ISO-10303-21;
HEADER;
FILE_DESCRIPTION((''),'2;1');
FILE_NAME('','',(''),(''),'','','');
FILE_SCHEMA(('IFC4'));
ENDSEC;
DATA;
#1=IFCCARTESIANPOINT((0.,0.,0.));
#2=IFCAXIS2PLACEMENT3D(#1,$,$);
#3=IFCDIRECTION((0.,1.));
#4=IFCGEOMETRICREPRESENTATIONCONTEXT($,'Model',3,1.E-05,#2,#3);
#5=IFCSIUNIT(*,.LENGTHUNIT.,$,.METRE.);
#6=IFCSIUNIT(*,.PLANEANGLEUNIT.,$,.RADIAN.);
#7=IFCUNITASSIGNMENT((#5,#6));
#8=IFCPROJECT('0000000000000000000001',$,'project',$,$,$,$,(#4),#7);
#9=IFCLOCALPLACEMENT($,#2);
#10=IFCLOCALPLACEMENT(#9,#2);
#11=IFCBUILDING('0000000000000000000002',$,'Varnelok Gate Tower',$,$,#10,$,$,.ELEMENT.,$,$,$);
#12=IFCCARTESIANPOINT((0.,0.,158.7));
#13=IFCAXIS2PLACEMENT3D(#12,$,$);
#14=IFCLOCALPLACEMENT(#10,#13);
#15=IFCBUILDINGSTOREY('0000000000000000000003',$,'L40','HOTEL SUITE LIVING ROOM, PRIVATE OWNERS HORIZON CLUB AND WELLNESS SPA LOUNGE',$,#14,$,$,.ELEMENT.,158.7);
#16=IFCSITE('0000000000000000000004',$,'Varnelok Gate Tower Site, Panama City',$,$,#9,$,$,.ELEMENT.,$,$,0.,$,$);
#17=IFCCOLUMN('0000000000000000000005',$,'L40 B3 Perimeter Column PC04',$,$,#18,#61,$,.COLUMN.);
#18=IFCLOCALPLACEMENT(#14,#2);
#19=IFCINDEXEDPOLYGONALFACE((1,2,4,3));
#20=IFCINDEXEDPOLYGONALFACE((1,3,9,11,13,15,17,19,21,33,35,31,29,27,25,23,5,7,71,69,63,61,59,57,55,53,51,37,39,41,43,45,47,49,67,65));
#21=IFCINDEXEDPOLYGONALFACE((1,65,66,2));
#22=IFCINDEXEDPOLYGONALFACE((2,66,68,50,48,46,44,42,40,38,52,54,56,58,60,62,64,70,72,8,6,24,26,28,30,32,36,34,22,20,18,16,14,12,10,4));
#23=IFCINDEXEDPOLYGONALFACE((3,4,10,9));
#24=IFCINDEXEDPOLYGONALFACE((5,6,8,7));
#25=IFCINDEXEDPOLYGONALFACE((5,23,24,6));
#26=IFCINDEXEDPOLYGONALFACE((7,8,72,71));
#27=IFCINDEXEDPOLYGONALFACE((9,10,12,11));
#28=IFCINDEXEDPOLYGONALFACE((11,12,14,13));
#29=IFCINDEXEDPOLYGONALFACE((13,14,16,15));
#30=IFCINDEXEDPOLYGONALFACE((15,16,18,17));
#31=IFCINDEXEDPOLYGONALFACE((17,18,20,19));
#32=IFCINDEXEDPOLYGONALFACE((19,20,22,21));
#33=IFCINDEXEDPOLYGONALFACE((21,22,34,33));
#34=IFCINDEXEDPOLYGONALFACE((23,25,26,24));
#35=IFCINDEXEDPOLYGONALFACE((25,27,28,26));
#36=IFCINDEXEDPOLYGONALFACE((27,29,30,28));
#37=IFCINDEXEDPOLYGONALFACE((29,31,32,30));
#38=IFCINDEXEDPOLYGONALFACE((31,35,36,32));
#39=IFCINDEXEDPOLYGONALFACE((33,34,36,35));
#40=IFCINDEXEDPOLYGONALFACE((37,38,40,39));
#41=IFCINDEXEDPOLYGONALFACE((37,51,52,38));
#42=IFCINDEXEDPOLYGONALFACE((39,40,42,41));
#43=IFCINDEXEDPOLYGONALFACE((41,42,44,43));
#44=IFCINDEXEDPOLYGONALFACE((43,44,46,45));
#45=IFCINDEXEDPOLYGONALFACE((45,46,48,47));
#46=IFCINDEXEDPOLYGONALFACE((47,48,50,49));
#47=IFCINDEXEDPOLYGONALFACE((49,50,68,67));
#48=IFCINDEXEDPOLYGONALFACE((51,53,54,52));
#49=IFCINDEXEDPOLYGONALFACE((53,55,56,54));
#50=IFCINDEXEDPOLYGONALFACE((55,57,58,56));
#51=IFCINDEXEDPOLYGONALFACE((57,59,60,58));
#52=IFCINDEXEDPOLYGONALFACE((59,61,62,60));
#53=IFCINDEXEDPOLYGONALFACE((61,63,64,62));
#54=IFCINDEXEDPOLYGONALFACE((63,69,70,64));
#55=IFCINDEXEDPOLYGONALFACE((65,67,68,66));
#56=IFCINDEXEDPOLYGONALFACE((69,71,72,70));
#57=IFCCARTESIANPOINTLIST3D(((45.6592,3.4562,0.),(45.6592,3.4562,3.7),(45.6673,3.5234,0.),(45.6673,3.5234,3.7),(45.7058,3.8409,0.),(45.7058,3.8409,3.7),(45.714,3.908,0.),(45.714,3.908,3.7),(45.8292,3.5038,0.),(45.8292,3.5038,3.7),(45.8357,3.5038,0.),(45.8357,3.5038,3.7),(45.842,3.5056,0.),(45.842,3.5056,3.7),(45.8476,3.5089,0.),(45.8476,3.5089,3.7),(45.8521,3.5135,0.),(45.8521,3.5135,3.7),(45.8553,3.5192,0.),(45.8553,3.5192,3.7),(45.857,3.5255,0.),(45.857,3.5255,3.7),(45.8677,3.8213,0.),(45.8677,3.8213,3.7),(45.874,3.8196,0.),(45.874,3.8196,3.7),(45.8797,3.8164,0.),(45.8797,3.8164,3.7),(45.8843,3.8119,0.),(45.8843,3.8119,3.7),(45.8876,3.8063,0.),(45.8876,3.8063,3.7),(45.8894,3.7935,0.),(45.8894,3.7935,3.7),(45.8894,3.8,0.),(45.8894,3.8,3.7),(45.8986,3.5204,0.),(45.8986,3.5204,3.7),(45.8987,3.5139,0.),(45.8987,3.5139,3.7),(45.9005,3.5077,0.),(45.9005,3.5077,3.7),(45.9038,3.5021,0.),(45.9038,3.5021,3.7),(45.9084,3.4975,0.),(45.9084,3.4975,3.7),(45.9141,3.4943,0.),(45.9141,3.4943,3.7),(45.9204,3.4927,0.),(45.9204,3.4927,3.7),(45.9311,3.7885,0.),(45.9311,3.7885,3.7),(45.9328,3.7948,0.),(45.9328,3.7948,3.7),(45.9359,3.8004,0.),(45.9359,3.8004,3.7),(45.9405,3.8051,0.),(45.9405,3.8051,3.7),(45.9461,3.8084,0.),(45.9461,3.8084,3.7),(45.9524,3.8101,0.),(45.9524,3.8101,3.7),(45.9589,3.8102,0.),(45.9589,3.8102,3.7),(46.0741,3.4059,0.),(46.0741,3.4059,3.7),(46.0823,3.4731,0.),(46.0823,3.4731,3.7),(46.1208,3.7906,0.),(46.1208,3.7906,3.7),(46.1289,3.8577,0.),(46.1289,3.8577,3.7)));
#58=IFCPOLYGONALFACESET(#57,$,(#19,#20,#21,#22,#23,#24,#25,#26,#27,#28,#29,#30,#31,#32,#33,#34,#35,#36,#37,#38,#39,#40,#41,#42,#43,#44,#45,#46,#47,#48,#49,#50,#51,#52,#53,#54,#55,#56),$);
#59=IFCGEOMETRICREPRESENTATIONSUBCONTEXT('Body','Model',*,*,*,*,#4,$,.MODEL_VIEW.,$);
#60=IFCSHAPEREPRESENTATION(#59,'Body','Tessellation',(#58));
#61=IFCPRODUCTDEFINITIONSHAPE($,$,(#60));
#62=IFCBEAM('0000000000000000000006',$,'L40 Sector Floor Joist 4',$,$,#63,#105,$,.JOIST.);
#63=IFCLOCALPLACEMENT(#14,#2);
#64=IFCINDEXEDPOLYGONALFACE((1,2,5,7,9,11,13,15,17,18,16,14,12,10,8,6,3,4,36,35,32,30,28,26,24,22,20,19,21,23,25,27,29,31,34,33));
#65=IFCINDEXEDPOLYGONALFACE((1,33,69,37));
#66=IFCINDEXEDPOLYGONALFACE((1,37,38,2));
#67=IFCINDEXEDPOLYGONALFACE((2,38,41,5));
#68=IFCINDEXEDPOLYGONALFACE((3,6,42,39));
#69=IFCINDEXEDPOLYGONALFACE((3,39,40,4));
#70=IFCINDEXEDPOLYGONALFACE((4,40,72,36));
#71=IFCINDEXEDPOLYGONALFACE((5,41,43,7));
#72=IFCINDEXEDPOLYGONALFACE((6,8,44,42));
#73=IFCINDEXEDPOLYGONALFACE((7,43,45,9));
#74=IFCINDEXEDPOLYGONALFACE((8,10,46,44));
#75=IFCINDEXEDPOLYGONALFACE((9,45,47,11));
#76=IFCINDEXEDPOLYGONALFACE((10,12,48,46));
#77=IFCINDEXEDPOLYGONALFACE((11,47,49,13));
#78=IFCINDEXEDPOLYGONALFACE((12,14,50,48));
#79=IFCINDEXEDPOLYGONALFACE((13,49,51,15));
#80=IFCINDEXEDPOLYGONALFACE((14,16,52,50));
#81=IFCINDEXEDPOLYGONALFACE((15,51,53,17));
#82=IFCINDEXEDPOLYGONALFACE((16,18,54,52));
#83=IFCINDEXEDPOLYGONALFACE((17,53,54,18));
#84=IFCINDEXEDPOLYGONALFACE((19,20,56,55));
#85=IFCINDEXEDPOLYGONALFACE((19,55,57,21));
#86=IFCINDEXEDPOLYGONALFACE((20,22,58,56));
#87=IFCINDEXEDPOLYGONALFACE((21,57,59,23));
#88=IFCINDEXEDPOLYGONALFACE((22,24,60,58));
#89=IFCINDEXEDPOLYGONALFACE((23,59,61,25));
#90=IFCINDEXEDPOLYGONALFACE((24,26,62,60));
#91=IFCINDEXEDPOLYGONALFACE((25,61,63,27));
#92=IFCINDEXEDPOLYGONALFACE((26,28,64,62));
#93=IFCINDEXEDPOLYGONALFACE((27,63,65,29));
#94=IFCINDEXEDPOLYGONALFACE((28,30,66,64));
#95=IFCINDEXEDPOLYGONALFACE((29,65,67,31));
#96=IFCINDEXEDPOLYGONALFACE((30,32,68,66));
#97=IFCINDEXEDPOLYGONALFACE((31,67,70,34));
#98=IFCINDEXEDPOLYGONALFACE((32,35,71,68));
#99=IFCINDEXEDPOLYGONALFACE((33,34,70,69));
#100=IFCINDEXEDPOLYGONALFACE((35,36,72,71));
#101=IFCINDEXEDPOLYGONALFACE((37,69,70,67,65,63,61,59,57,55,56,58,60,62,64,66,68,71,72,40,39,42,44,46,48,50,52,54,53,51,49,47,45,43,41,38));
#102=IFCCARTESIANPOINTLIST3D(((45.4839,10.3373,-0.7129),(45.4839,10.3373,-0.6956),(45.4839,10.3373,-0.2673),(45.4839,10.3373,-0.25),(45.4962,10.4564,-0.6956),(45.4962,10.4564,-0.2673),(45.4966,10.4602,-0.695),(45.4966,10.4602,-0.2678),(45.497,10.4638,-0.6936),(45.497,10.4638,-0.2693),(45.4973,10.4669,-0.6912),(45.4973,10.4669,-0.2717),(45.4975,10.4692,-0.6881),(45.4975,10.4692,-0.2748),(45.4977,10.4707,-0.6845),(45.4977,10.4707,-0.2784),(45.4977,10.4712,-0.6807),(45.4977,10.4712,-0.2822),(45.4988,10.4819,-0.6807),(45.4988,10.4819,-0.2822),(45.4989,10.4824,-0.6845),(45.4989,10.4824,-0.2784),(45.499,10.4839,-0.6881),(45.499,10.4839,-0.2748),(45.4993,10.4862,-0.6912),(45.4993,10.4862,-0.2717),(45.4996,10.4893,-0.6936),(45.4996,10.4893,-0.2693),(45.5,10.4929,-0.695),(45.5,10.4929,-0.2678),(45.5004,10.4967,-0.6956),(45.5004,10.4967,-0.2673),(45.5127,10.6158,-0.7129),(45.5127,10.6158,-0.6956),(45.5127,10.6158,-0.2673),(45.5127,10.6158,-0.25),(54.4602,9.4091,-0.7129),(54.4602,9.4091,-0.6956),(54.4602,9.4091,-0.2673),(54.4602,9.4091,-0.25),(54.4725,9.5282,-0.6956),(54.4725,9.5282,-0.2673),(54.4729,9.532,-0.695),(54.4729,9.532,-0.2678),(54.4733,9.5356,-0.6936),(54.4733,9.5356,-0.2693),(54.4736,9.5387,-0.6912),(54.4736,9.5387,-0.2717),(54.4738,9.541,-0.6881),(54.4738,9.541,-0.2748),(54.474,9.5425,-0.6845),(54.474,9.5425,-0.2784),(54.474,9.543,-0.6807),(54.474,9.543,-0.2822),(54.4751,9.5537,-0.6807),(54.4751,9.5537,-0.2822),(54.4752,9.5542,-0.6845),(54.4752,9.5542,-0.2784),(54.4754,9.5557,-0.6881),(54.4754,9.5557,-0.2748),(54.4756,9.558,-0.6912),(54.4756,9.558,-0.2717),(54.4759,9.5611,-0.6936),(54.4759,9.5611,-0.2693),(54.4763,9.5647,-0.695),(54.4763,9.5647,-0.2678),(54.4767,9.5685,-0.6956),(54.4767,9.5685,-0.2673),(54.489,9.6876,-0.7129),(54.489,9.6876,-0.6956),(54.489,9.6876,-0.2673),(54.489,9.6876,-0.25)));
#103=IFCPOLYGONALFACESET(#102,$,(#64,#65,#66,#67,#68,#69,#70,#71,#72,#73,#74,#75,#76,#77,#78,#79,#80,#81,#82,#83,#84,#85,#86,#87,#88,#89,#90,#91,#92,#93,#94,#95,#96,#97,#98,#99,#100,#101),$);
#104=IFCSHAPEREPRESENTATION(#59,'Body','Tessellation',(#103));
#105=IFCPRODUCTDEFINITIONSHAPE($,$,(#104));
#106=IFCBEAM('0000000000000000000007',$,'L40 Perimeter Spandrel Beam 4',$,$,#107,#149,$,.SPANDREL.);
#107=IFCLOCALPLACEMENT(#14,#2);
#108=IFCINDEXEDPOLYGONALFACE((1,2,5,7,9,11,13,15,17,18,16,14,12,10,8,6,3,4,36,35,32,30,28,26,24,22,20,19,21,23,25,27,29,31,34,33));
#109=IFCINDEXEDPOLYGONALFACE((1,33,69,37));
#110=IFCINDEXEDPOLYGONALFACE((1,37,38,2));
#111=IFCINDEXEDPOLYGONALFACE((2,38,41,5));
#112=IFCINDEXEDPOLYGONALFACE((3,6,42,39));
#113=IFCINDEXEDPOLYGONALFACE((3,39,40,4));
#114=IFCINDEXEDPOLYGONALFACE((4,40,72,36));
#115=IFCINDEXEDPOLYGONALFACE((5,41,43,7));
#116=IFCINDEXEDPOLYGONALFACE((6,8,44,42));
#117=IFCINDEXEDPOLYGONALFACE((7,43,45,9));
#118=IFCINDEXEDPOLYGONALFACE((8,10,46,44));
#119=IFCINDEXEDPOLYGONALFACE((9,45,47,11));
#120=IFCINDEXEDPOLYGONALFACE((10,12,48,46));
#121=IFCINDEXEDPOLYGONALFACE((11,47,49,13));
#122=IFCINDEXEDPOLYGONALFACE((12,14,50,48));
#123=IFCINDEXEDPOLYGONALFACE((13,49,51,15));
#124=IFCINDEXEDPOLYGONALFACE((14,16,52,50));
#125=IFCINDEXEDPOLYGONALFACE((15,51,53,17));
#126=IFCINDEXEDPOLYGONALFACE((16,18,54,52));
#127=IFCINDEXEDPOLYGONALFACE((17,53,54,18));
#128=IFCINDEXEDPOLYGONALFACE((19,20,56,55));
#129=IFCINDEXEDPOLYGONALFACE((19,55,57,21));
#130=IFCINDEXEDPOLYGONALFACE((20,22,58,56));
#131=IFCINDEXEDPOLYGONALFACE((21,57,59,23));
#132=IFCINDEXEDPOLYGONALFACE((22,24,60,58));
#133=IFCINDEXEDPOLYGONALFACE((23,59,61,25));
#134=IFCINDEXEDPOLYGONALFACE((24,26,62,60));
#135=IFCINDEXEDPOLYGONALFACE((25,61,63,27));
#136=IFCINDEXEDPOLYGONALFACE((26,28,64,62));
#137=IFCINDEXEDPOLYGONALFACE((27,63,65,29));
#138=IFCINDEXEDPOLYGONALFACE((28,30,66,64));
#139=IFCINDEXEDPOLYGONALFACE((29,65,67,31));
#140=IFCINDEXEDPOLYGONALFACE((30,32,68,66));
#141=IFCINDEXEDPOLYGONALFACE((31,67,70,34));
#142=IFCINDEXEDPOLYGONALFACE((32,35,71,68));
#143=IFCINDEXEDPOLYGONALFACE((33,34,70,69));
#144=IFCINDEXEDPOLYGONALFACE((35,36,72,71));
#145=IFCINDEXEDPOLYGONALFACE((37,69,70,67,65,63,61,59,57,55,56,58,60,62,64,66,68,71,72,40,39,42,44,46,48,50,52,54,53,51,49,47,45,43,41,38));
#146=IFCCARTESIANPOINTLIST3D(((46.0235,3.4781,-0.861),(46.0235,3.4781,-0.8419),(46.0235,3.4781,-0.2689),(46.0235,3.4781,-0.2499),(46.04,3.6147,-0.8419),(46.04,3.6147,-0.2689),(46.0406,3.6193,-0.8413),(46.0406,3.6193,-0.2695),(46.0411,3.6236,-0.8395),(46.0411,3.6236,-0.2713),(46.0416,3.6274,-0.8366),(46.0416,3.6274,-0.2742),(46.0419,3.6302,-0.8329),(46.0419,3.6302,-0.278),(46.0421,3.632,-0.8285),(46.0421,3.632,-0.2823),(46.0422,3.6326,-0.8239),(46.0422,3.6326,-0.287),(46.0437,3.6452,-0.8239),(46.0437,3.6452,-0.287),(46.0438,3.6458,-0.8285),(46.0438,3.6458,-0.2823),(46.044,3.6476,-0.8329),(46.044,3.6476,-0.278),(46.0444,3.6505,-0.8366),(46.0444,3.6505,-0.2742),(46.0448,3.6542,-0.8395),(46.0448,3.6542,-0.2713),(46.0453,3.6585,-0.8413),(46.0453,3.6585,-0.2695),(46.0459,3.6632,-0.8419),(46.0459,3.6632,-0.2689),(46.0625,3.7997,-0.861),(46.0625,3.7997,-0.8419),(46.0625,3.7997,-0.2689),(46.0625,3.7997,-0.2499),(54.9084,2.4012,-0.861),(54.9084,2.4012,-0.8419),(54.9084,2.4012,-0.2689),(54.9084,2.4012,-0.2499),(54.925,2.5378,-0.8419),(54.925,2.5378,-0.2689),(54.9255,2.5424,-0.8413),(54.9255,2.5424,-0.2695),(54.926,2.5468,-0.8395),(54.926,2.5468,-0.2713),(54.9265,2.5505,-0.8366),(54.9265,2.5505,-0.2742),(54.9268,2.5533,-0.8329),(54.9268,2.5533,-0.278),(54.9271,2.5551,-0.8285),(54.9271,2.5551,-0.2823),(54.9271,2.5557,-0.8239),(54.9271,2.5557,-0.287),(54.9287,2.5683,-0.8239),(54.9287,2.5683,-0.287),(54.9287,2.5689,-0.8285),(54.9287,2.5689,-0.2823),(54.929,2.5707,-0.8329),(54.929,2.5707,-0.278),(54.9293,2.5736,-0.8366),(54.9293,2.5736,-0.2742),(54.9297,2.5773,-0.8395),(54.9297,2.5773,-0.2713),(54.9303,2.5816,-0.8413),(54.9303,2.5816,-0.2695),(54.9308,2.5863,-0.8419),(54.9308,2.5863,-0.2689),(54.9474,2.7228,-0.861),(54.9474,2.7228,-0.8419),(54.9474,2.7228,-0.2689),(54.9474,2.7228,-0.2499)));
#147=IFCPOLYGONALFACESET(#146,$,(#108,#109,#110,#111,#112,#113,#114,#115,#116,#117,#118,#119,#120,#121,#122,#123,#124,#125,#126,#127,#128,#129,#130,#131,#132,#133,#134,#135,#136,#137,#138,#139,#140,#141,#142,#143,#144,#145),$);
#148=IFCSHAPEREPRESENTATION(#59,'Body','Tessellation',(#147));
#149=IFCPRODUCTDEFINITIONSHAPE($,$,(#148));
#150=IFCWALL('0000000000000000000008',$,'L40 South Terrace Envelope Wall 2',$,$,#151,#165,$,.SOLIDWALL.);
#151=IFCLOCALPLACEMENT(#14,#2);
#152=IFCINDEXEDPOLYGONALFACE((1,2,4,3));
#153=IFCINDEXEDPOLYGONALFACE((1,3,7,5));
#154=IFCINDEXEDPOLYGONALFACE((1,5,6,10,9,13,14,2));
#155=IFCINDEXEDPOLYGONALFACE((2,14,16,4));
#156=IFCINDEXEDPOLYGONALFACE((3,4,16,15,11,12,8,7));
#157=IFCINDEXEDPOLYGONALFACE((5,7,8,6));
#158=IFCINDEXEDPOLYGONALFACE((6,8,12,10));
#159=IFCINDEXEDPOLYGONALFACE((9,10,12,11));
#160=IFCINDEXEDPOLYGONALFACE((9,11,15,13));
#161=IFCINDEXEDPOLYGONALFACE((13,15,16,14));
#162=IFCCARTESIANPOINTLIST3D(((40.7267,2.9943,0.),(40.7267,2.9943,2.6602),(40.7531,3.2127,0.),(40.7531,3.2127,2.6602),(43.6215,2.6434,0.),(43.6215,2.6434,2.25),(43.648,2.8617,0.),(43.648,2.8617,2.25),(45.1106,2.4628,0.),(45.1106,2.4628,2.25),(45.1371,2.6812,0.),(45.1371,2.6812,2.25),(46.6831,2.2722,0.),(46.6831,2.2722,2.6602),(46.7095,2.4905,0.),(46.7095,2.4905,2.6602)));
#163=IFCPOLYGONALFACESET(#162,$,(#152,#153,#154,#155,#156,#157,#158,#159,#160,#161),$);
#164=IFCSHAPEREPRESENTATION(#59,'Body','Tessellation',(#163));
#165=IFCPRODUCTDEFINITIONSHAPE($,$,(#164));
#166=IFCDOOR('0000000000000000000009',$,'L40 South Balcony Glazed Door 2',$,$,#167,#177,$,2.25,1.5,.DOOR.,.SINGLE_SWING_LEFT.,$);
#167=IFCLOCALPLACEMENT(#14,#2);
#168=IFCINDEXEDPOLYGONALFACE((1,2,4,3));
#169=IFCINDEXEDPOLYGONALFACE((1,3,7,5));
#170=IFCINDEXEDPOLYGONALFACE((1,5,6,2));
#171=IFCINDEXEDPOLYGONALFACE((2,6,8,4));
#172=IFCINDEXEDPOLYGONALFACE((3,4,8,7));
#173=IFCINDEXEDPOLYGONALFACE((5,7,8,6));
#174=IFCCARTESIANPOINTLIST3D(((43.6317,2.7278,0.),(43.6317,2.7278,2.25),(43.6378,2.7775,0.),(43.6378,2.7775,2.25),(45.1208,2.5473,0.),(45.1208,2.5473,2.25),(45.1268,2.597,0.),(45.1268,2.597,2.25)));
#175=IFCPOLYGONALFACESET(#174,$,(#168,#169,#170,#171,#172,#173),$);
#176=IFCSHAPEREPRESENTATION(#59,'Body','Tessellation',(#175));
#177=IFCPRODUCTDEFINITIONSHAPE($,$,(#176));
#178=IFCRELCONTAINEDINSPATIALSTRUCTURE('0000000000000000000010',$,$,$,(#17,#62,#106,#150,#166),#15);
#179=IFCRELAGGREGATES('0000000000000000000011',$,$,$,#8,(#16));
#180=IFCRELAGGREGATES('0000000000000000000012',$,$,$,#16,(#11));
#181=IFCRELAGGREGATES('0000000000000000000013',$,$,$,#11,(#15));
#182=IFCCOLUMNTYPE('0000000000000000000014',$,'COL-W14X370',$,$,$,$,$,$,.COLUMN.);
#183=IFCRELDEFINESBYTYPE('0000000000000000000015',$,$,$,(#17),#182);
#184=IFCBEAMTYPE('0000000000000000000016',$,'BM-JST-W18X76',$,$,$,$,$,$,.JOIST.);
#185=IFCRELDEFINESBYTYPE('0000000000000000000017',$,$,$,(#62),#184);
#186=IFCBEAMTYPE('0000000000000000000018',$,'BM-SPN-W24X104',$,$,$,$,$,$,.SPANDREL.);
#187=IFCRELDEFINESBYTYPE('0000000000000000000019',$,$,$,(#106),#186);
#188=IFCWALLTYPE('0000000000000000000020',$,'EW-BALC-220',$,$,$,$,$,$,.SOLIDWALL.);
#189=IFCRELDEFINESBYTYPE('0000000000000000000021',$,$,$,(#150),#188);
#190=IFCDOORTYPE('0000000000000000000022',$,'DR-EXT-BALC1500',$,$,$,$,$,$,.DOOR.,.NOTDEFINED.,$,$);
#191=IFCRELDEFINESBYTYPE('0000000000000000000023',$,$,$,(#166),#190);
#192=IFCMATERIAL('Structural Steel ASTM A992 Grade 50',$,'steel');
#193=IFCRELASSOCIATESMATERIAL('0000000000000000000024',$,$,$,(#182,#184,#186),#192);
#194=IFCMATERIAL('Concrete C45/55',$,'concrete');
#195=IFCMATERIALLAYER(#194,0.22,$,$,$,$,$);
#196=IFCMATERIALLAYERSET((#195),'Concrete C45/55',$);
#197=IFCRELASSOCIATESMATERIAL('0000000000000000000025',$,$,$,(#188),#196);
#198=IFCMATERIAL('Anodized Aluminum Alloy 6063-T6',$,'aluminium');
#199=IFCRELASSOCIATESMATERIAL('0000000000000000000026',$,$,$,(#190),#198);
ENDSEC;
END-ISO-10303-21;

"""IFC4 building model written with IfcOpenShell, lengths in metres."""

from ifc_helpers import new_model, si_unit, direction, frame, frame_2d, origin, origin_2d, place, context, subcontext, project, spatial, rectangle, i_section, extrude, material, layer, layer_set, material_profile, profile_set, type_object, element, fill, save


model = new_model("IFC4")

# Units and contexts
model_context = context("Model", 3, precision=1e-05, world=origin(), true_north=direction((0.0, 1.0)))
body_context = subcontext(model_context, "Body", "Model", "MODEL_VIEW")
ifc_project = project(units=[si_unit("LENGTHUNIT", "METRE"), si_unit("PLANEANGLEUNIT", "RADIAN")], contexts=[model_context])

# Site, building, storey
site_placement = place(None, origin())
site = spatial("IfcSite", under=ifc_project, at=site_placement, Name="Varnelok Gate Tower Site, Panama City", CompositionType="ELEMENT", RefElevation=0.0)
building_placement = place(site_placement, origin())
building = spatial("IfcBuilding", under=site, at=building_placement, Name="Varnelok Gate Tower", CompositionType="ELEMENT")
storey_placement = place(building_placement, frame((0.0, 0.0, 158.7)))
storey = spatial("IfcBuildingStorey", under=building, at=storey_placement, Name="L40", Description="HOTEL SUITE LIVING ROOM, PRIVATE OWNERS HORIZON CLUB AND WELLNESS SPA LOUNGE", CompositionType="ELEMENT", Elevation=158.7)

# Column
ifc_material_1 = material(Name="Structural Steel ASTM A992 Grade 50", Category="steel")
ifc_material_profile_1 = material_profile(ifc_material_1, i_section(OverallWidth=0.418, OverallDepth=0.4551, WebThickness=0.042, FlangeThickness=0.0676, FilletRadius=0.0249, at=origin_2d()), Name="W14X370")
ifc_profile_set_1 = profile_set([ifc_material_profile_1], Name="Structural Steel ASTM A992 Grade 50")
column_type = type_object("IfcColumnType", Name="COL-W14X370", PredefinedType="COLUMN", material=ifc_profile_set_1)
column_placement = place(storey_placement, frame((45.894, 3.657, 0.0), z_axis=(0.0, 0.0, 1.0), x_axis=(0.992732, -0.120345, 0.0)))
element("IfcColumn", 1, at=column_placement, inside=storey, type_object=column_type, Name="L40 B3 Perimeter Column PC04", PredefinedType="COLUMN", context=body_context, shape_type="SweptSolid", body=[
    extrude(i_section(OverallWidth=0.418, OverallDepth=0.4551, WebThickness=0.042, FlangeThickness=0.0676, FilletRadius=0.0249, at=origin_2d()), origin(), (0.0, 0.0, 1.0), 3.7),
])

# Beams
ifc_material_profile_2 = material_profile(ifc_material_1, i_section(OverallWidth=0.28, OverallDepth=0.4629, WebThickness=0.0107, FlangeThickness=0.0173, FilletRadius=0.0149, at=origin_2d()), Name="W18X76")
ifc_profile_set_2 = profile_set([ifc_material_profile_2], Name="Structural Steel ASTM A992 Grade 50")
beam_type_1 = type_object("IfcBeamType", Name="BM-JST-W18X76", PredefinedType="JOIST", material=ifc_profile_set_2)
beam_1_placement = place(storey_placement, frame((45.4983, 10.4766, -0.4814), z_axis=(0.994696, -0.102859, 0.0), x_axis=(0.102859, 0.994696, 0.0)))
element("IfcBeam", 2, at=beam_1_placement, inside=storey, type_object=beam_type_1, Name="L40 Sector Floor Joist 4", PredefinedType="JOIST", context=body_context, shape_type="SweptSolid", body=[
    extrude(i_section(OverallWidth=0.28, OverallDepth=0.4629, WebThickness=0.0107, FlangeThickness=0.0173, FilletRadius=0.0149, at=origin_2d()), origin(), (0.0, 0.0, 1.0), 9.0242),
])
ifc_material_profile_3 = material_profile(ifc_material_1, i_section(OverallWidth=0.324, OverallDepth=0.6111, WebThickness=0.0127, FlangeThickness=0.019, FilletRadius=0.0181, at=origin_2d()), Name="W24X104")
ifc_profile_set_3 = profile_set([ifc_material_profile_3], Name="Structural Steel ASTM A992 Grade 50")
beam_type_2 = type_object("IfcBeamType", Name="BM-SPN-W24X104", PredefinedType="SPANDREL", material=ifc_profile_set_3)
beam_2_placement = place(storey_placement, frame((46.043, 3.6389, -0.5554), z_axis=(0.992735, -0.120324, 0.0), x_axis=(0.120324, 0.992735, 0.0)))
element("IfcBeam", 3, at=beam_2_placement, inside=storey, type_object=beam_type_2, Name="L40 Perimeter Spandrel Beam 4", PredefinedType="SPANDREL", context=body_context, shape_type="SweptSolid", body=[
    extrude(i_section(OverallWidth=0.324, OverallDepth=0.6111, WebThickness=0.0127, FlangeThickness=0.019, FilletRadius=0.0181, at=origin_2d()), origin(), (0.0, 0.0, 1.0), 8.95),
])

# Wall, opening, door
ifc_material_2 = material(Name="Concrete C45/55", Category="concrete")
ifc_layer_1 = layer(ifc_material_2, 0.22)
ifc_layer_set_1 = layer_set([ifc_layer_1], Name="Concrete C45/55")
wall_type_1 = type_object("IfcWallType", Name="EW-BALC-220", PredefinedType="SOLIDWALL", material=ifc_layer_set_1)
wall_1_placement = place(storey_placement, frame((46.6963, 2.3813, 0.0), z_axis=(0.0, 0.0, 1.0), x_axis=(-0.99273, 0.120363, 0.0)))
wall_1 = element("IfcWall", 4, at=wall_1_placement, inside=storey, type_object=wall_type_1, Name="L40 South Terrace Envelope Wall 2", PredefinedType="SOLIDWALL", context=body_context, shape_type="SweptSolid", body=[
    extrude(rectangle(XDim=6.0, YDim=0.22, at=frame_2d((3.0, 0.0))), origin(), (0.0, 0.0, 1.0), 2.6602),
])
opening_1_placement = place(wall_1_placement, frame((1.584, 0.0, 0.0)))
opening_1 = element("IfcOpeningElement", 5, at=opening_1_placement, cuts=wall_1, PredefinedType="OPENING", context=body_context, shape_type="SweptSolid", body=[
    extrude(rectangle(XDim=1.5, YDim=2.25, at=frame_2d((0.75, 1.125))), frame((0.0, 0.1199, 0.0), z_axis=(0.0, -1.0, 0.0), x_axis=(1.0, 0.0, 0.0)), (0.0, 0.0, 1.0), 0.24),
])
ifc_material_3 = material(Name="Anodized Aluminum Alloy 6063-T6", Category="aluminium")
door_type_1 = type_object("IfcDoorType", Name="DR-EXT-BALC1500", OperationType="NOTDEFINED", PredefinedType="DOOR", material=ifc_material_3)
door_1_placement = place(opening_1_placement, origin())
door_1 = element("IfcDoor", 6, at=door_1_placement, inside=storey, type_object=door_type_1, Name="L40 South Balcony Glazed Door 2", OperationType="SINGLE_SWING_LEFT", OverallHeight=2.25, OverallWidth=1.5, PredefinedType="DOOR", context=body_context, shape_type="SweptSolid", body=[
    extrude(rectangle(XDim=1.5, YDim=2.25, at=frame_2d((0.75, 1.125))), frame((0.0, 0.0249, 0.0), z_axis=(0.0, -1.0, 0.0), x_axis=(1.0, 0.0, 0.0)), (0.0, 0.0, 1.0), 0.05),
])
fill(opening_1, door_1)

save(model, "model.ifc")
